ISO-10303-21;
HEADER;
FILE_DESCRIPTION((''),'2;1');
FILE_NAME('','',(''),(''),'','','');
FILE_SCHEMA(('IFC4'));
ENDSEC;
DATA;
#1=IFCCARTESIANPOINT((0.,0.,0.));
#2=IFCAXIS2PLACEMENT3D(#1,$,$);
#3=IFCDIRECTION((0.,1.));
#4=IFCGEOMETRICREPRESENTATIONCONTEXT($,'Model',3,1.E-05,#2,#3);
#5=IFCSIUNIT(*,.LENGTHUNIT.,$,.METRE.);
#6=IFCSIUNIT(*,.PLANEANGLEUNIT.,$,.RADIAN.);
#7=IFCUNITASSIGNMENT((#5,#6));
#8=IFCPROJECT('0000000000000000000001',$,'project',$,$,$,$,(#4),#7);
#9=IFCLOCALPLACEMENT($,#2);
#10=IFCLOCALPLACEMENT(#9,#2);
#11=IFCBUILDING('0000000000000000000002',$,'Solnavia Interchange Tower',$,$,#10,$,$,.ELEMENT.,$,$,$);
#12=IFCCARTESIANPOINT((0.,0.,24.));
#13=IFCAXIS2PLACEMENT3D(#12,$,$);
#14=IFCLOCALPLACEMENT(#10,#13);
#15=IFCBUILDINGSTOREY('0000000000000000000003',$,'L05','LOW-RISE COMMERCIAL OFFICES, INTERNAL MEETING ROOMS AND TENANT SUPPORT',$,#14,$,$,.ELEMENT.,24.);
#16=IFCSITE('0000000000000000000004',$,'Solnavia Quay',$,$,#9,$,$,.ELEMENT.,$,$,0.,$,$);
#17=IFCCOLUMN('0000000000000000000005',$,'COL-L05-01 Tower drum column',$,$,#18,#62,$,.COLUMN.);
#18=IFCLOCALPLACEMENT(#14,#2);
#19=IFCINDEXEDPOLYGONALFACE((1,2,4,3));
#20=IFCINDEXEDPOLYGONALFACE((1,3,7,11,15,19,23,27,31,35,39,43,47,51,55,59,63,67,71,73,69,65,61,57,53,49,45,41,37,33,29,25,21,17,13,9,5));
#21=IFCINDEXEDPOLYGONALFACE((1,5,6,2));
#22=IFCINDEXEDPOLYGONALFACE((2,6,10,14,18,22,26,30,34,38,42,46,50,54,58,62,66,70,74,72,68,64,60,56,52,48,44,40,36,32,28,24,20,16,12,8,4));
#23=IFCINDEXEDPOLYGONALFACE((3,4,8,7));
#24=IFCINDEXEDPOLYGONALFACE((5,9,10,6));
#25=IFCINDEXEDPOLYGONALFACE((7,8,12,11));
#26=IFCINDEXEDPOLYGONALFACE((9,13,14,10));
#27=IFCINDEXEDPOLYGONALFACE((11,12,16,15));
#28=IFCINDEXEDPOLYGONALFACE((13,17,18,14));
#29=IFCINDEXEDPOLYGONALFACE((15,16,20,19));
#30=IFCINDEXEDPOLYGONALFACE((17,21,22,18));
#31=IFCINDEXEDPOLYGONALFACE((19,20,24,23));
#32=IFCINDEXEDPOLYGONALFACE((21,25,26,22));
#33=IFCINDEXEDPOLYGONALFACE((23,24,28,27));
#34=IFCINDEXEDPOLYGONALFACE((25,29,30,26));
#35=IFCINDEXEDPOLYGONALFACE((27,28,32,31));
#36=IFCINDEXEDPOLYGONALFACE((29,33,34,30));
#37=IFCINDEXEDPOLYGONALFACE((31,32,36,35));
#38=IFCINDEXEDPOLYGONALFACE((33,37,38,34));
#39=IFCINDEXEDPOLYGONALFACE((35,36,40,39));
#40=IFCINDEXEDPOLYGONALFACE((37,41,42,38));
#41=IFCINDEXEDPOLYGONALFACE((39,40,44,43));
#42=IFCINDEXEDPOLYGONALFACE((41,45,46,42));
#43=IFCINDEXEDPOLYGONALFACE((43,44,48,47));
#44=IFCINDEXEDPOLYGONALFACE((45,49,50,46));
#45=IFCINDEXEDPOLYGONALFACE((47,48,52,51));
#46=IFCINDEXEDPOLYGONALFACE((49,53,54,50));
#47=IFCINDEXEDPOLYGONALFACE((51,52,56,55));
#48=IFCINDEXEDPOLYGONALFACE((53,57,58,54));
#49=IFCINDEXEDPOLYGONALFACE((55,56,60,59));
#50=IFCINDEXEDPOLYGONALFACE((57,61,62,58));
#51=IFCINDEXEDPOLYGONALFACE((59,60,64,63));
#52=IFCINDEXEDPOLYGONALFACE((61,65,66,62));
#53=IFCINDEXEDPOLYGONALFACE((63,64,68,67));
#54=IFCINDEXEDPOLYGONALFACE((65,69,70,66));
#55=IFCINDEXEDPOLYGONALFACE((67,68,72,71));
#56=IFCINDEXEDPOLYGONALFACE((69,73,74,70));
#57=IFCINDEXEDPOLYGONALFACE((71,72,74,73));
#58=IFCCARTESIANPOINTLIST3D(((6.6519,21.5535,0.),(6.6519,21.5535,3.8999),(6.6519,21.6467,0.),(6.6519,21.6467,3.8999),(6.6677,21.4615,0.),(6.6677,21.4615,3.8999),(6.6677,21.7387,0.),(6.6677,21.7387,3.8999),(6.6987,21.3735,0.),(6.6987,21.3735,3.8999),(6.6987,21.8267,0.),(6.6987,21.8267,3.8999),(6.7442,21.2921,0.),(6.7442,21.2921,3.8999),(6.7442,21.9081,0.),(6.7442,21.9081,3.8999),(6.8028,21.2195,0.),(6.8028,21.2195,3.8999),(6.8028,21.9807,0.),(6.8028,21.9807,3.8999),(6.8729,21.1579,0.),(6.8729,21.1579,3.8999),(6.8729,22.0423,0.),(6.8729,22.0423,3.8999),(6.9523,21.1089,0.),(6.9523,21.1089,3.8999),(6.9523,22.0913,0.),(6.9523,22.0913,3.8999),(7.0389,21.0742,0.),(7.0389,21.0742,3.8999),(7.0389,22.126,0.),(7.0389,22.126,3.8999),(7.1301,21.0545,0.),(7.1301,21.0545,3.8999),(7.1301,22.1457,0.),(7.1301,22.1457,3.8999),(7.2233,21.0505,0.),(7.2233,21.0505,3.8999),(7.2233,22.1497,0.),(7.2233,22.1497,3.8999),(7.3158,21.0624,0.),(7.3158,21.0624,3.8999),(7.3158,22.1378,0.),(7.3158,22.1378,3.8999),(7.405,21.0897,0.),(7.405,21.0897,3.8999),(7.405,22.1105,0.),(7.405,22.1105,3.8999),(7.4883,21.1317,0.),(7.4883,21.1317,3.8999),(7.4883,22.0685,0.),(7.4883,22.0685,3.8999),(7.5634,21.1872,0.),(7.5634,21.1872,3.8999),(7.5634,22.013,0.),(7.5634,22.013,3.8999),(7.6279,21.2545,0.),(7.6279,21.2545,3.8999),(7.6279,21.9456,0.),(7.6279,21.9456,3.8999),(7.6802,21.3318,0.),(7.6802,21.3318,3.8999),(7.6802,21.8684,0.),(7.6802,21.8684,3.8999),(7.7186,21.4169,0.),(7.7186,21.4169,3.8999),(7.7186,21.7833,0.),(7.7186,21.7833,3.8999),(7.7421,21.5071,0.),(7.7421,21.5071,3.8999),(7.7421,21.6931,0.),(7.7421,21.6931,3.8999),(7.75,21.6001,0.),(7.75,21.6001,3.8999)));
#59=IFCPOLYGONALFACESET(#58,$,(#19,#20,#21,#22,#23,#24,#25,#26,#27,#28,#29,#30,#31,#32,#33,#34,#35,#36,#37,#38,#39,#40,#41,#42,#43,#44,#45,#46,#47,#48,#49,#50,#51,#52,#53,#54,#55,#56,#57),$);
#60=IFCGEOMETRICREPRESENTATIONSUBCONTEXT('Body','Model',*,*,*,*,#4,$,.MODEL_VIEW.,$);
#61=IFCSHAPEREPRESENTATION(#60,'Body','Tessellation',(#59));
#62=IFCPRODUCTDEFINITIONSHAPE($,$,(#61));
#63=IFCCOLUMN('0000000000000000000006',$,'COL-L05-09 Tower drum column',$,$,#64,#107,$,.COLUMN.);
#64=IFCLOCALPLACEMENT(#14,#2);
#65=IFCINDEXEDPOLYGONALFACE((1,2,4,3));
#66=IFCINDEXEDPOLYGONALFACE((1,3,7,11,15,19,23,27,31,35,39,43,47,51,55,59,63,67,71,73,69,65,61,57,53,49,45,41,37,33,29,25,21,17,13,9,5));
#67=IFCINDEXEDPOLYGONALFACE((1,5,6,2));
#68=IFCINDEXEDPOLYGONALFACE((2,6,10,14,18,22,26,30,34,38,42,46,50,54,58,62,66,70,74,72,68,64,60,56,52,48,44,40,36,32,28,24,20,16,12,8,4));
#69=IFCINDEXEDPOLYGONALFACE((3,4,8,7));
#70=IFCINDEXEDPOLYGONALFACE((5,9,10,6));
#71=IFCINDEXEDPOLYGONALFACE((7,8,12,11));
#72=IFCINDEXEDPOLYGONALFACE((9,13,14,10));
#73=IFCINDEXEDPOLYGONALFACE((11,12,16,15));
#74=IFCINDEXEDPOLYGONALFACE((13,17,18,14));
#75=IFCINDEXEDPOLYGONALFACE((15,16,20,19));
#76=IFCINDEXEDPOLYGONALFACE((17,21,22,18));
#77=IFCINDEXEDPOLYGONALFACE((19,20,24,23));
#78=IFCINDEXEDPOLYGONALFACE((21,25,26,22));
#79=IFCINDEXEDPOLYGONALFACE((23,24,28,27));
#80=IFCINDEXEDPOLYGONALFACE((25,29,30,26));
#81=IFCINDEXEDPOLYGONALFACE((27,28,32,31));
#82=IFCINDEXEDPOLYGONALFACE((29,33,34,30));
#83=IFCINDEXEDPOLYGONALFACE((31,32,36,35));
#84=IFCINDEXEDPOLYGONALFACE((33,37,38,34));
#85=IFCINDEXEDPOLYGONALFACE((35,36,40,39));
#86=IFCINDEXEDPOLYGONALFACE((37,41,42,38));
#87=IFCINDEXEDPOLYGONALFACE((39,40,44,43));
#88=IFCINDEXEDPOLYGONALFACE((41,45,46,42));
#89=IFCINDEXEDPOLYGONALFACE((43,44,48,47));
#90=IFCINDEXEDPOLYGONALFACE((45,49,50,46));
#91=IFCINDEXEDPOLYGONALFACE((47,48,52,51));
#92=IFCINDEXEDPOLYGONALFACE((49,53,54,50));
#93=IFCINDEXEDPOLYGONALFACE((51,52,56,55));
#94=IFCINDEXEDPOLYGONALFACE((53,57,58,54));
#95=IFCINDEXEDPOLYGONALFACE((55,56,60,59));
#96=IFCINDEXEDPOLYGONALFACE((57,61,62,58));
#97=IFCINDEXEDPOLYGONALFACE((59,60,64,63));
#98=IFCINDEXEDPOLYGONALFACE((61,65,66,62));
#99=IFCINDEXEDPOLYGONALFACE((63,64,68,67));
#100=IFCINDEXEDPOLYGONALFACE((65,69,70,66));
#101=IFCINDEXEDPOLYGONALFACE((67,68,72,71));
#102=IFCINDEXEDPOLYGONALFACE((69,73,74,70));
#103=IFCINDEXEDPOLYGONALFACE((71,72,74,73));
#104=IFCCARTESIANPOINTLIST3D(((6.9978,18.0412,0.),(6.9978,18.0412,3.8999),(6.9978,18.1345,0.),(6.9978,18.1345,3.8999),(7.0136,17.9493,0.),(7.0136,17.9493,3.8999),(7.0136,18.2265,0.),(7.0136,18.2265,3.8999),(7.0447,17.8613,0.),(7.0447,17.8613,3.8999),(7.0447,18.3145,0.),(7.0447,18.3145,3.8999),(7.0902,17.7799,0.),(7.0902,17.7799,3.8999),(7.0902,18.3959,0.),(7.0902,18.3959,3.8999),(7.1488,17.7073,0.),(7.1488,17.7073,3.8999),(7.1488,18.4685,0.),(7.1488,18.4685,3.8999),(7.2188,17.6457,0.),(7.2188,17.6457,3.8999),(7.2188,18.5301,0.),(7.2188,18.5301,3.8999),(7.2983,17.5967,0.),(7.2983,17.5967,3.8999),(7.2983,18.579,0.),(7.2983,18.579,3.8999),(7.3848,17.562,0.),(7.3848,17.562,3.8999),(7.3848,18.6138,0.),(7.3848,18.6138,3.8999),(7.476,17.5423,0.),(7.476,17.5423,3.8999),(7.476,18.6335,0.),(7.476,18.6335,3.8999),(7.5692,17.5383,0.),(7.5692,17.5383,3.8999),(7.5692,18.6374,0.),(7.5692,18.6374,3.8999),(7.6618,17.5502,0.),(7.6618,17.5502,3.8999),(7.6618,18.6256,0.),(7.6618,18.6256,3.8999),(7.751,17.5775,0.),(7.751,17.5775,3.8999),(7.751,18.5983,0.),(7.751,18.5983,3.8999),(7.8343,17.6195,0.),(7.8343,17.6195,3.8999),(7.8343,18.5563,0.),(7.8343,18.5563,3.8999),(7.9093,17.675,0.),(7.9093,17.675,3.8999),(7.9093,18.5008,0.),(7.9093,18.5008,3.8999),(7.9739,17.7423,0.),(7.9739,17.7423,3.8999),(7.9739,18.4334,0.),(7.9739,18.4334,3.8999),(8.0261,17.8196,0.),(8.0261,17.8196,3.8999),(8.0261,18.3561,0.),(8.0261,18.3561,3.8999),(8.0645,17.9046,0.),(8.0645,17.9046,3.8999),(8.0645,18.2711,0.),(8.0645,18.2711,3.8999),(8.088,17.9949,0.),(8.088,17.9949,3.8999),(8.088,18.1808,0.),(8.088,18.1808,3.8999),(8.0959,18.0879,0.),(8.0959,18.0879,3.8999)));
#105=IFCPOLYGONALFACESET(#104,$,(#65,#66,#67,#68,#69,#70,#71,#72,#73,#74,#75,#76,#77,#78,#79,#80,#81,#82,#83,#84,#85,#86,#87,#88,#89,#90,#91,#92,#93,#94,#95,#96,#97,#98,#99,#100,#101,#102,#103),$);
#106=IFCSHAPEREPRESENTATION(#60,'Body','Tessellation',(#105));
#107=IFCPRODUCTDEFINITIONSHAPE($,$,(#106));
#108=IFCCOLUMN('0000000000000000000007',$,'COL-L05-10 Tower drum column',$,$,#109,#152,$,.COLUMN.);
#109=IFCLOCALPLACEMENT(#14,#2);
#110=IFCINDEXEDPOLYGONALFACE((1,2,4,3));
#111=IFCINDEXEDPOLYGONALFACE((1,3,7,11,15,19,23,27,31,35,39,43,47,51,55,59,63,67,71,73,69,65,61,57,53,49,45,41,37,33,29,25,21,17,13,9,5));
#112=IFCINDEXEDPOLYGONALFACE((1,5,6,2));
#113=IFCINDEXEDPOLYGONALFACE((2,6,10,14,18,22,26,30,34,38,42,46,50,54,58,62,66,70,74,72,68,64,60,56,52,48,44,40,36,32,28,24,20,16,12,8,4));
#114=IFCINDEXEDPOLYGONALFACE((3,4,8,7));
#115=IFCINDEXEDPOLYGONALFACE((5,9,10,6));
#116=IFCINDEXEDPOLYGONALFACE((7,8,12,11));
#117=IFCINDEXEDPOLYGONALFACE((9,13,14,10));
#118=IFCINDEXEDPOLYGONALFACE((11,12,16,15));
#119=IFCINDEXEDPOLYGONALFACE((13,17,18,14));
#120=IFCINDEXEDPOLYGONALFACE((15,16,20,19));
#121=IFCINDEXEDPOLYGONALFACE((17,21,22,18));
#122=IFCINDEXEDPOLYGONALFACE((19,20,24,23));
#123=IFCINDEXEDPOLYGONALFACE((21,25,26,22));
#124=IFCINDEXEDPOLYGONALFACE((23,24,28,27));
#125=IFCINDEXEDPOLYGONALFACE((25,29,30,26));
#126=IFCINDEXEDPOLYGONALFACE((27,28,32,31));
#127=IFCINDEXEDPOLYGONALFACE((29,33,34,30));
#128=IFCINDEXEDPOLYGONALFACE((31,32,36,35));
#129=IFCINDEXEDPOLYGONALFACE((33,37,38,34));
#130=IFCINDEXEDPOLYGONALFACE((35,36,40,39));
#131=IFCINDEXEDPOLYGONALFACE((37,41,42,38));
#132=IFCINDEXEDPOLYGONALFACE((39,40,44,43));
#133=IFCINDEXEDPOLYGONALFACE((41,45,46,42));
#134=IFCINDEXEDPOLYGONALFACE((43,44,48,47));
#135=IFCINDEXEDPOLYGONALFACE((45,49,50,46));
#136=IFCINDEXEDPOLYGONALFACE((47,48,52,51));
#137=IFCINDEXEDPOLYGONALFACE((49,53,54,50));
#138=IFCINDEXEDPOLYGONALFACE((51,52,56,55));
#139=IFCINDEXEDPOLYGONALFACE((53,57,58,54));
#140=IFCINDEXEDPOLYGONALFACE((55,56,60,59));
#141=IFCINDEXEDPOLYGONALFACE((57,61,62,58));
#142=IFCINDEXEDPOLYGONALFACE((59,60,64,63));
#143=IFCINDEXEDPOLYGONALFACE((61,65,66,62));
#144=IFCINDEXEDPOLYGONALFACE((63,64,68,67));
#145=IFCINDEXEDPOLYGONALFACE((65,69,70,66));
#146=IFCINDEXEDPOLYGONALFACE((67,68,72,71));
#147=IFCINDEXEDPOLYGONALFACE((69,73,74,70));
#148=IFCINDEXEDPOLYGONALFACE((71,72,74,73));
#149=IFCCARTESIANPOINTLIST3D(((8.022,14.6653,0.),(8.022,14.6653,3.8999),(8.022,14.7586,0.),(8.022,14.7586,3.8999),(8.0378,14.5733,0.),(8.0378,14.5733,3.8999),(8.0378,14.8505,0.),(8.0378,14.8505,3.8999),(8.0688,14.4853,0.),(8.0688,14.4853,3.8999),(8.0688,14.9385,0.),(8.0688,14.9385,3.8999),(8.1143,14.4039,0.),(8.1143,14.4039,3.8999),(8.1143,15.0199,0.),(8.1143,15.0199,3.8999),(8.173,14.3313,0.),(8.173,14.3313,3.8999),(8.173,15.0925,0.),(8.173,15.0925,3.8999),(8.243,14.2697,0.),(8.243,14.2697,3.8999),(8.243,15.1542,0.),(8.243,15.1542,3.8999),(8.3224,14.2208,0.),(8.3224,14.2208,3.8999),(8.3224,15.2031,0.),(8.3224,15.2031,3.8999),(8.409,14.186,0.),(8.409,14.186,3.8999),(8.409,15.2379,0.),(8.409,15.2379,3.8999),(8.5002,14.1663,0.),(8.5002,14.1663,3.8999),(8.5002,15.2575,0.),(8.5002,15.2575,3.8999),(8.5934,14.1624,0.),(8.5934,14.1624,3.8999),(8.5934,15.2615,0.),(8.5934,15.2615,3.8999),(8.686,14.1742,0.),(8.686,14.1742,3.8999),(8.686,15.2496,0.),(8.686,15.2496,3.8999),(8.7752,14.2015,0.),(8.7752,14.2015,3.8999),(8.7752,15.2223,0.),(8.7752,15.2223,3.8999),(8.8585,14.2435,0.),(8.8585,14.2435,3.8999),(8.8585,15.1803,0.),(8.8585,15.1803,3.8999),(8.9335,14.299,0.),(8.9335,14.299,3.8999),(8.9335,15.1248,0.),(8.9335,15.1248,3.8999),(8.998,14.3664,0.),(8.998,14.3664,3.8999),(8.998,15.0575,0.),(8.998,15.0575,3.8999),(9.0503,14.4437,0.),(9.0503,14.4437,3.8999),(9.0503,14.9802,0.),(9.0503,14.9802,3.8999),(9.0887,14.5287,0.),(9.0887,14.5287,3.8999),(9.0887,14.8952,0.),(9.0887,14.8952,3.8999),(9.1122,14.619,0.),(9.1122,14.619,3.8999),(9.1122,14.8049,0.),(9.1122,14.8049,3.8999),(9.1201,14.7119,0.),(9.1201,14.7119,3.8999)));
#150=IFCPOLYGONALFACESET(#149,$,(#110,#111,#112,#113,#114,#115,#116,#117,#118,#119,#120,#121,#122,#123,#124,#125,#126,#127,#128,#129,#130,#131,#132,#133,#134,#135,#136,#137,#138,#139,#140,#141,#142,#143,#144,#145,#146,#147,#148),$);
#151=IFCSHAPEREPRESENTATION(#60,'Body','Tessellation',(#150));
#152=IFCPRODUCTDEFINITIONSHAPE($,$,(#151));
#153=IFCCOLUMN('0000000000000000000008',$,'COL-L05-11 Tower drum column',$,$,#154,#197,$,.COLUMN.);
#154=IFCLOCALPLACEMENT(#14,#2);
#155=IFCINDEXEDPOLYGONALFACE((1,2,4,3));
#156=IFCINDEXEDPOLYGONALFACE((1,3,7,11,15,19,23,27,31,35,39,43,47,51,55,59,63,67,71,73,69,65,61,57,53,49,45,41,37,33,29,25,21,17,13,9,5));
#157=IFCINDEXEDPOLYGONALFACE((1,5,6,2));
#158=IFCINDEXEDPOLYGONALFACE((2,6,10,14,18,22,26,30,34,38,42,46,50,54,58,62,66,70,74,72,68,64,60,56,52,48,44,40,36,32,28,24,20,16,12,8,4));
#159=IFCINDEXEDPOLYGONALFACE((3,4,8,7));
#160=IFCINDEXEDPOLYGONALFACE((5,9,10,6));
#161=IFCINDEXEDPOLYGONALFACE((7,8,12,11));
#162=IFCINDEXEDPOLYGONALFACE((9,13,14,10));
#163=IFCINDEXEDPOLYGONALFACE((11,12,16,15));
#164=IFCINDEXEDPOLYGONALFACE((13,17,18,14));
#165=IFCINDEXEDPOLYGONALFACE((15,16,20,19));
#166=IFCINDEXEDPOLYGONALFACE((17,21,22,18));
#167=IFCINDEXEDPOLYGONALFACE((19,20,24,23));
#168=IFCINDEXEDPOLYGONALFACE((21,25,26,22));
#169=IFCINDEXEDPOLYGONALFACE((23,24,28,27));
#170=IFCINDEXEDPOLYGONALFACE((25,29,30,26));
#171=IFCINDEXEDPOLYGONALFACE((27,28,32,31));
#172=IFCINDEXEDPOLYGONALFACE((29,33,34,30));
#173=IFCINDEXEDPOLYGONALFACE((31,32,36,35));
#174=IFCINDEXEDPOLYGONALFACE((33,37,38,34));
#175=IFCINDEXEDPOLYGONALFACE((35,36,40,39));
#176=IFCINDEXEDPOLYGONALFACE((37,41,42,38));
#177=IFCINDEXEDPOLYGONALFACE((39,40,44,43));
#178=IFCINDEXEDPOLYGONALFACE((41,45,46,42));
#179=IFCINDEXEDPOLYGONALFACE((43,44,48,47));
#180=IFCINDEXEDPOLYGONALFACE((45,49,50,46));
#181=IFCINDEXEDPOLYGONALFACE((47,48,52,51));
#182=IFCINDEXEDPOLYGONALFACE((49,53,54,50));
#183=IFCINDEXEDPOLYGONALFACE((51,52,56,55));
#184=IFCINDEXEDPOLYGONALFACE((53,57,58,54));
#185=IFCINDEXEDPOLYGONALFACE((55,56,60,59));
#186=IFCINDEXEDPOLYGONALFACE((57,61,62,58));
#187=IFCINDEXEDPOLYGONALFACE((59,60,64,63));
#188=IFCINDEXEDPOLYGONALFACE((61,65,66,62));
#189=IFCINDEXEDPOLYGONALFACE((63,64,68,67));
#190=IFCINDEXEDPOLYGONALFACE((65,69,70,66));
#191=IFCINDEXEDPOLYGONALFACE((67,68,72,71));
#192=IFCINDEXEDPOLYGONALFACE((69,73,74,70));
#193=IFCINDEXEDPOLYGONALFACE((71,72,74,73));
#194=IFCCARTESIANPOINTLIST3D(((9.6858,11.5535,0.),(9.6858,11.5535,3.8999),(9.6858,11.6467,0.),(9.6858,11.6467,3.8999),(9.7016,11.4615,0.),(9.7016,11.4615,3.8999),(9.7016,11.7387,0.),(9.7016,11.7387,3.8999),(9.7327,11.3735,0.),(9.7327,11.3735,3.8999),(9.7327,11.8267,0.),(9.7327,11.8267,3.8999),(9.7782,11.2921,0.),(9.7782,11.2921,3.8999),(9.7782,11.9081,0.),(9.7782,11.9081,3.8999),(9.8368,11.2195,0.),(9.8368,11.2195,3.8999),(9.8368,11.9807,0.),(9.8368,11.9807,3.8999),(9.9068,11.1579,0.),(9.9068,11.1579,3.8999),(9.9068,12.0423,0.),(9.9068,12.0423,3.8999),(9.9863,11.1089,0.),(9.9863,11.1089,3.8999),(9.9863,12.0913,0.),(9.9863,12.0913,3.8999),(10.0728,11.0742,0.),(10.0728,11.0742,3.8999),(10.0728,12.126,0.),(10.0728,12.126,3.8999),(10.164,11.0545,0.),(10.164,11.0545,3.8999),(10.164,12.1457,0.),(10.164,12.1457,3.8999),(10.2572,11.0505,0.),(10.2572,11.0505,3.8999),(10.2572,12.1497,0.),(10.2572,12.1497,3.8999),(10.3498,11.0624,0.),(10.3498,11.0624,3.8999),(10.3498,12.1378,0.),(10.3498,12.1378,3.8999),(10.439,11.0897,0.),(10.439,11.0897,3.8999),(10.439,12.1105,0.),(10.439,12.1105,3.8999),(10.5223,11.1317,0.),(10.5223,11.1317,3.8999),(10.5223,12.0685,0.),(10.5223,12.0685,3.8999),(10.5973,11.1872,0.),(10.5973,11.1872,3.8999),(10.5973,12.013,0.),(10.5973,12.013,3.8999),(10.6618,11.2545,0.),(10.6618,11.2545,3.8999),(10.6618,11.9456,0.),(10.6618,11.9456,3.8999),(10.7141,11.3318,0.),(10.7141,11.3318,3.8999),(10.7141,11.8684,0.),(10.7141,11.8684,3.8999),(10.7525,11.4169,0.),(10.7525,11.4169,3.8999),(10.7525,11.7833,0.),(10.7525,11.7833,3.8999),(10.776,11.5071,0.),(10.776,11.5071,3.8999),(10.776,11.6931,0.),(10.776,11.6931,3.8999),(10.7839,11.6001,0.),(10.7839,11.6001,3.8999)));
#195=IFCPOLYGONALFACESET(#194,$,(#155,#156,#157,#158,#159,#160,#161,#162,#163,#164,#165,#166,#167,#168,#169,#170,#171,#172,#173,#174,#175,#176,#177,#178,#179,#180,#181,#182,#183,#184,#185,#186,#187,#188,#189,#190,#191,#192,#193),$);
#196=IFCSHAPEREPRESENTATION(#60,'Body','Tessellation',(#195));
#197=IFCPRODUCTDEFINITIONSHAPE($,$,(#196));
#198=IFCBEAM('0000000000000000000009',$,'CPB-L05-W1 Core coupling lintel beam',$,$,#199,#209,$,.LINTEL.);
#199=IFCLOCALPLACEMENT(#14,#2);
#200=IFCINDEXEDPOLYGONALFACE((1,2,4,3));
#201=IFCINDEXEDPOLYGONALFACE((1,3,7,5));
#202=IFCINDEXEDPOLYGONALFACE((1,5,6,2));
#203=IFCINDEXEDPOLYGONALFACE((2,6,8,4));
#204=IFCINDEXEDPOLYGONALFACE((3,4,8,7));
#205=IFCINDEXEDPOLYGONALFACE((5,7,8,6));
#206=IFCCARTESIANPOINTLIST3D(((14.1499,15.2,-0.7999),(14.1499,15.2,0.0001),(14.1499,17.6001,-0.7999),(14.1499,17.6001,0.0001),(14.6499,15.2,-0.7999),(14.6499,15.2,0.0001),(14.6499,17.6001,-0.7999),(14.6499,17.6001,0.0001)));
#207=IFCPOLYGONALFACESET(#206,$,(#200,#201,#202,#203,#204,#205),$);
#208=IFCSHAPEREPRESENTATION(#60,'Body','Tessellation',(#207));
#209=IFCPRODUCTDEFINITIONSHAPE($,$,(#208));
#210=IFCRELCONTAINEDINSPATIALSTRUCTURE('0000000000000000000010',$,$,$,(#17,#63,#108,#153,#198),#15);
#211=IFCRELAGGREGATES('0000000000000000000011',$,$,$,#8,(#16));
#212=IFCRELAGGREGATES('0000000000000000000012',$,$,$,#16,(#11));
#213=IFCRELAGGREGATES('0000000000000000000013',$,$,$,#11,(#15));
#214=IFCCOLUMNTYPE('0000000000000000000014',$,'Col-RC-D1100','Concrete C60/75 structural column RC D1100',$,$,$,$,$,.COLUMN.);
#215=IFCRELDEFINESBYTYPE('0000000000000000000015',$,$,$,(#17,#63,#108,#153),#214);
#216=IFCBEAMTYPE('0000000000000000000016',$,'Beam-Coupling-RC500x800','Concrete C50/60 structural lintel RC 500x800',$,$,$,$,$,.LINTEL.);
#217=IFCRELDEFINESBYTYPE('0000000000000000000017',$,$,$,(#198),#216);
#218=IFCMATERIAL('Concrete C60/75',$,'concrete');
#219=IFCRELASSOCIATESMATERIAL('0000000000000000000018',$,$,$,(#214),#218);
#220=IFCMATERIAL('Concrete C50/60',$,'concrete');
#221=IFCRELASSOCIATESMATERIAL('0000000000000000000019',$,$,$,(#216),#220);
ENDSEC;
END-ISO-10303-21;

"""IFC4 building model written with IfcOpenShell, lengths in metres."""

from ifc_helpers import new_model, si_unit, direction, frame, origin, origin_2d, place, context, subcontext, project, spatial, rectangle, circle, extrude, material, material_profile, profile_set, type_object, element, save


model = new_model("IFC4")

# Units and contexts
model_context = context("Model", 3, precision=1e-05, world=origin(), true_north=direction((0.0, 1.0)))
body_context = subcontext(model_context, "Body", "Model", "MODEL_VIEW")
ifc_project = project(units=[si_unit("LENGTHUNIT", "METRE"), si_unit("PLANEANGLEUNIT", "RADIAN")], contexts=[model_context])

# Site, building, storey
site_placement = place(None, origin())
site = spatial("IfcSite", under=ifc_project, at=site_placement, Name="Solnavia Quay", CompositionType="ELEMENT", RefElevation=0.0)
building_placement = place(site_placement, origin())
building = spatial("IfcBuilding", under=site, at=building_placement, Name="Solnavia Interchange Tower", CompositionType="ELEMENT")
storey_placement = place(building_placement, frame((0.0, 0.0, 24.0)))
storey = spatial("IfcBuildingStorey", under=building, at=storey_placement, Name="L05", Description="LOW-RISE COMMERCIAL OFFICES, INTERNAL MEETING ROOMS AND TENANT SUPPORT", CompositionType="ELEMENT", Elevation=24.0)

# Columns
ifc_material_1 = material(Name="Concrete C60/75", Category="concrete")
ifc_material_profile_1 = material_profile(ifc_material_1, circle(Radius=0.55, at=origin_2d()), Name="RC D1100")
ifc_profile_set_1 = profile_set([ifc_material_profile_1], Name="Concrete C60/75")
column_type = type_object("IfcColumnType", Name="Col-RC-D1100", Description="Concrete C60/75 structural column RC D1100", PredefinedType="COLUMN", material=ifc_profile_set_1)
for number, where, z_axis, x_axis, name in (
    (1, (7.2, 21.6001, 0.0), (0.0, 0.0, 1.0), (1.0, 0.0, 0.0), "COL-L05-01 Tower drum column"),
    (2, (7.5459, 18.0879, 0.0), (0.0, 0.0, 1.0), (1.0, 0.0, 0.0), "COL-L05-09 Tower drum column"),
    (3, (8.5701, 14.7119, 0.0), (0.0, 0.0, 1.0), (1.0, 0.0, 0.0), "COL-L05-10 Tower drum column"),
    (4, (10.2339, 11.6001, 0.0), (0.0, 0.0, 1.0), (1.0, 0.0, 0.0), "COL-L05-11 Tower drum column"),
):
    element("IfcColumn", number, at=place(storey_placement, frame(where, z_axis=z_axis, x_axis=x_axis)), inside=storey, type_object=column_type, Name=name, PredefinedType="COLUMN", context=body_context, shape_type="SweptSolid", body=[
        extrude(circle(Radius=0.55, at=origin_2d()), origin(), (0.0, 0.0, 1.0), 3.8999),
    ])

# Beam
ifc_material_2 = material(Name="Concrete C50/60", Category="concrete")
ifc_material_profile_2 = material_profile(ifc_material_2, rectangle(XDim=0.5, YDim=0.8, at=origin_2d()), Name="RC 500x800")
ifc_profile_set_2 = profile_set([ifc_material_profile_2], Name="Concrete C50/60")
beam_type_1 = type_object("IfcBeamType", Name="Beam-Coupling-RC500x800", Description="Concrete C50/60 structural lintel RC 500x800", PredefinedType="LINTEL", material=ifc_profile_set_2)
beam_1_placement = place(storey_placement, frame((14.3999, 15.2, -0.3999), z_axis=(0.0, 1.0, 0.0), x_axis=(-1.0, 0.0, 0.0)))
element("IfcBeam", 5, at=beam_1_placement, inside=storey, type_object=beam_type_1, Name="CPB-L05-W1 Core coupling lintel beam", PredefinedType="LINTEL", context=body_context, shape_type="SweptSolid", body=[
    extrude(rectangle(XDim=0.5, YDim=0.8, at=origin_2d()), origin(), (0.0, 0.0, 1.0), 2.4001),
])

save(model, "model.ifc")
